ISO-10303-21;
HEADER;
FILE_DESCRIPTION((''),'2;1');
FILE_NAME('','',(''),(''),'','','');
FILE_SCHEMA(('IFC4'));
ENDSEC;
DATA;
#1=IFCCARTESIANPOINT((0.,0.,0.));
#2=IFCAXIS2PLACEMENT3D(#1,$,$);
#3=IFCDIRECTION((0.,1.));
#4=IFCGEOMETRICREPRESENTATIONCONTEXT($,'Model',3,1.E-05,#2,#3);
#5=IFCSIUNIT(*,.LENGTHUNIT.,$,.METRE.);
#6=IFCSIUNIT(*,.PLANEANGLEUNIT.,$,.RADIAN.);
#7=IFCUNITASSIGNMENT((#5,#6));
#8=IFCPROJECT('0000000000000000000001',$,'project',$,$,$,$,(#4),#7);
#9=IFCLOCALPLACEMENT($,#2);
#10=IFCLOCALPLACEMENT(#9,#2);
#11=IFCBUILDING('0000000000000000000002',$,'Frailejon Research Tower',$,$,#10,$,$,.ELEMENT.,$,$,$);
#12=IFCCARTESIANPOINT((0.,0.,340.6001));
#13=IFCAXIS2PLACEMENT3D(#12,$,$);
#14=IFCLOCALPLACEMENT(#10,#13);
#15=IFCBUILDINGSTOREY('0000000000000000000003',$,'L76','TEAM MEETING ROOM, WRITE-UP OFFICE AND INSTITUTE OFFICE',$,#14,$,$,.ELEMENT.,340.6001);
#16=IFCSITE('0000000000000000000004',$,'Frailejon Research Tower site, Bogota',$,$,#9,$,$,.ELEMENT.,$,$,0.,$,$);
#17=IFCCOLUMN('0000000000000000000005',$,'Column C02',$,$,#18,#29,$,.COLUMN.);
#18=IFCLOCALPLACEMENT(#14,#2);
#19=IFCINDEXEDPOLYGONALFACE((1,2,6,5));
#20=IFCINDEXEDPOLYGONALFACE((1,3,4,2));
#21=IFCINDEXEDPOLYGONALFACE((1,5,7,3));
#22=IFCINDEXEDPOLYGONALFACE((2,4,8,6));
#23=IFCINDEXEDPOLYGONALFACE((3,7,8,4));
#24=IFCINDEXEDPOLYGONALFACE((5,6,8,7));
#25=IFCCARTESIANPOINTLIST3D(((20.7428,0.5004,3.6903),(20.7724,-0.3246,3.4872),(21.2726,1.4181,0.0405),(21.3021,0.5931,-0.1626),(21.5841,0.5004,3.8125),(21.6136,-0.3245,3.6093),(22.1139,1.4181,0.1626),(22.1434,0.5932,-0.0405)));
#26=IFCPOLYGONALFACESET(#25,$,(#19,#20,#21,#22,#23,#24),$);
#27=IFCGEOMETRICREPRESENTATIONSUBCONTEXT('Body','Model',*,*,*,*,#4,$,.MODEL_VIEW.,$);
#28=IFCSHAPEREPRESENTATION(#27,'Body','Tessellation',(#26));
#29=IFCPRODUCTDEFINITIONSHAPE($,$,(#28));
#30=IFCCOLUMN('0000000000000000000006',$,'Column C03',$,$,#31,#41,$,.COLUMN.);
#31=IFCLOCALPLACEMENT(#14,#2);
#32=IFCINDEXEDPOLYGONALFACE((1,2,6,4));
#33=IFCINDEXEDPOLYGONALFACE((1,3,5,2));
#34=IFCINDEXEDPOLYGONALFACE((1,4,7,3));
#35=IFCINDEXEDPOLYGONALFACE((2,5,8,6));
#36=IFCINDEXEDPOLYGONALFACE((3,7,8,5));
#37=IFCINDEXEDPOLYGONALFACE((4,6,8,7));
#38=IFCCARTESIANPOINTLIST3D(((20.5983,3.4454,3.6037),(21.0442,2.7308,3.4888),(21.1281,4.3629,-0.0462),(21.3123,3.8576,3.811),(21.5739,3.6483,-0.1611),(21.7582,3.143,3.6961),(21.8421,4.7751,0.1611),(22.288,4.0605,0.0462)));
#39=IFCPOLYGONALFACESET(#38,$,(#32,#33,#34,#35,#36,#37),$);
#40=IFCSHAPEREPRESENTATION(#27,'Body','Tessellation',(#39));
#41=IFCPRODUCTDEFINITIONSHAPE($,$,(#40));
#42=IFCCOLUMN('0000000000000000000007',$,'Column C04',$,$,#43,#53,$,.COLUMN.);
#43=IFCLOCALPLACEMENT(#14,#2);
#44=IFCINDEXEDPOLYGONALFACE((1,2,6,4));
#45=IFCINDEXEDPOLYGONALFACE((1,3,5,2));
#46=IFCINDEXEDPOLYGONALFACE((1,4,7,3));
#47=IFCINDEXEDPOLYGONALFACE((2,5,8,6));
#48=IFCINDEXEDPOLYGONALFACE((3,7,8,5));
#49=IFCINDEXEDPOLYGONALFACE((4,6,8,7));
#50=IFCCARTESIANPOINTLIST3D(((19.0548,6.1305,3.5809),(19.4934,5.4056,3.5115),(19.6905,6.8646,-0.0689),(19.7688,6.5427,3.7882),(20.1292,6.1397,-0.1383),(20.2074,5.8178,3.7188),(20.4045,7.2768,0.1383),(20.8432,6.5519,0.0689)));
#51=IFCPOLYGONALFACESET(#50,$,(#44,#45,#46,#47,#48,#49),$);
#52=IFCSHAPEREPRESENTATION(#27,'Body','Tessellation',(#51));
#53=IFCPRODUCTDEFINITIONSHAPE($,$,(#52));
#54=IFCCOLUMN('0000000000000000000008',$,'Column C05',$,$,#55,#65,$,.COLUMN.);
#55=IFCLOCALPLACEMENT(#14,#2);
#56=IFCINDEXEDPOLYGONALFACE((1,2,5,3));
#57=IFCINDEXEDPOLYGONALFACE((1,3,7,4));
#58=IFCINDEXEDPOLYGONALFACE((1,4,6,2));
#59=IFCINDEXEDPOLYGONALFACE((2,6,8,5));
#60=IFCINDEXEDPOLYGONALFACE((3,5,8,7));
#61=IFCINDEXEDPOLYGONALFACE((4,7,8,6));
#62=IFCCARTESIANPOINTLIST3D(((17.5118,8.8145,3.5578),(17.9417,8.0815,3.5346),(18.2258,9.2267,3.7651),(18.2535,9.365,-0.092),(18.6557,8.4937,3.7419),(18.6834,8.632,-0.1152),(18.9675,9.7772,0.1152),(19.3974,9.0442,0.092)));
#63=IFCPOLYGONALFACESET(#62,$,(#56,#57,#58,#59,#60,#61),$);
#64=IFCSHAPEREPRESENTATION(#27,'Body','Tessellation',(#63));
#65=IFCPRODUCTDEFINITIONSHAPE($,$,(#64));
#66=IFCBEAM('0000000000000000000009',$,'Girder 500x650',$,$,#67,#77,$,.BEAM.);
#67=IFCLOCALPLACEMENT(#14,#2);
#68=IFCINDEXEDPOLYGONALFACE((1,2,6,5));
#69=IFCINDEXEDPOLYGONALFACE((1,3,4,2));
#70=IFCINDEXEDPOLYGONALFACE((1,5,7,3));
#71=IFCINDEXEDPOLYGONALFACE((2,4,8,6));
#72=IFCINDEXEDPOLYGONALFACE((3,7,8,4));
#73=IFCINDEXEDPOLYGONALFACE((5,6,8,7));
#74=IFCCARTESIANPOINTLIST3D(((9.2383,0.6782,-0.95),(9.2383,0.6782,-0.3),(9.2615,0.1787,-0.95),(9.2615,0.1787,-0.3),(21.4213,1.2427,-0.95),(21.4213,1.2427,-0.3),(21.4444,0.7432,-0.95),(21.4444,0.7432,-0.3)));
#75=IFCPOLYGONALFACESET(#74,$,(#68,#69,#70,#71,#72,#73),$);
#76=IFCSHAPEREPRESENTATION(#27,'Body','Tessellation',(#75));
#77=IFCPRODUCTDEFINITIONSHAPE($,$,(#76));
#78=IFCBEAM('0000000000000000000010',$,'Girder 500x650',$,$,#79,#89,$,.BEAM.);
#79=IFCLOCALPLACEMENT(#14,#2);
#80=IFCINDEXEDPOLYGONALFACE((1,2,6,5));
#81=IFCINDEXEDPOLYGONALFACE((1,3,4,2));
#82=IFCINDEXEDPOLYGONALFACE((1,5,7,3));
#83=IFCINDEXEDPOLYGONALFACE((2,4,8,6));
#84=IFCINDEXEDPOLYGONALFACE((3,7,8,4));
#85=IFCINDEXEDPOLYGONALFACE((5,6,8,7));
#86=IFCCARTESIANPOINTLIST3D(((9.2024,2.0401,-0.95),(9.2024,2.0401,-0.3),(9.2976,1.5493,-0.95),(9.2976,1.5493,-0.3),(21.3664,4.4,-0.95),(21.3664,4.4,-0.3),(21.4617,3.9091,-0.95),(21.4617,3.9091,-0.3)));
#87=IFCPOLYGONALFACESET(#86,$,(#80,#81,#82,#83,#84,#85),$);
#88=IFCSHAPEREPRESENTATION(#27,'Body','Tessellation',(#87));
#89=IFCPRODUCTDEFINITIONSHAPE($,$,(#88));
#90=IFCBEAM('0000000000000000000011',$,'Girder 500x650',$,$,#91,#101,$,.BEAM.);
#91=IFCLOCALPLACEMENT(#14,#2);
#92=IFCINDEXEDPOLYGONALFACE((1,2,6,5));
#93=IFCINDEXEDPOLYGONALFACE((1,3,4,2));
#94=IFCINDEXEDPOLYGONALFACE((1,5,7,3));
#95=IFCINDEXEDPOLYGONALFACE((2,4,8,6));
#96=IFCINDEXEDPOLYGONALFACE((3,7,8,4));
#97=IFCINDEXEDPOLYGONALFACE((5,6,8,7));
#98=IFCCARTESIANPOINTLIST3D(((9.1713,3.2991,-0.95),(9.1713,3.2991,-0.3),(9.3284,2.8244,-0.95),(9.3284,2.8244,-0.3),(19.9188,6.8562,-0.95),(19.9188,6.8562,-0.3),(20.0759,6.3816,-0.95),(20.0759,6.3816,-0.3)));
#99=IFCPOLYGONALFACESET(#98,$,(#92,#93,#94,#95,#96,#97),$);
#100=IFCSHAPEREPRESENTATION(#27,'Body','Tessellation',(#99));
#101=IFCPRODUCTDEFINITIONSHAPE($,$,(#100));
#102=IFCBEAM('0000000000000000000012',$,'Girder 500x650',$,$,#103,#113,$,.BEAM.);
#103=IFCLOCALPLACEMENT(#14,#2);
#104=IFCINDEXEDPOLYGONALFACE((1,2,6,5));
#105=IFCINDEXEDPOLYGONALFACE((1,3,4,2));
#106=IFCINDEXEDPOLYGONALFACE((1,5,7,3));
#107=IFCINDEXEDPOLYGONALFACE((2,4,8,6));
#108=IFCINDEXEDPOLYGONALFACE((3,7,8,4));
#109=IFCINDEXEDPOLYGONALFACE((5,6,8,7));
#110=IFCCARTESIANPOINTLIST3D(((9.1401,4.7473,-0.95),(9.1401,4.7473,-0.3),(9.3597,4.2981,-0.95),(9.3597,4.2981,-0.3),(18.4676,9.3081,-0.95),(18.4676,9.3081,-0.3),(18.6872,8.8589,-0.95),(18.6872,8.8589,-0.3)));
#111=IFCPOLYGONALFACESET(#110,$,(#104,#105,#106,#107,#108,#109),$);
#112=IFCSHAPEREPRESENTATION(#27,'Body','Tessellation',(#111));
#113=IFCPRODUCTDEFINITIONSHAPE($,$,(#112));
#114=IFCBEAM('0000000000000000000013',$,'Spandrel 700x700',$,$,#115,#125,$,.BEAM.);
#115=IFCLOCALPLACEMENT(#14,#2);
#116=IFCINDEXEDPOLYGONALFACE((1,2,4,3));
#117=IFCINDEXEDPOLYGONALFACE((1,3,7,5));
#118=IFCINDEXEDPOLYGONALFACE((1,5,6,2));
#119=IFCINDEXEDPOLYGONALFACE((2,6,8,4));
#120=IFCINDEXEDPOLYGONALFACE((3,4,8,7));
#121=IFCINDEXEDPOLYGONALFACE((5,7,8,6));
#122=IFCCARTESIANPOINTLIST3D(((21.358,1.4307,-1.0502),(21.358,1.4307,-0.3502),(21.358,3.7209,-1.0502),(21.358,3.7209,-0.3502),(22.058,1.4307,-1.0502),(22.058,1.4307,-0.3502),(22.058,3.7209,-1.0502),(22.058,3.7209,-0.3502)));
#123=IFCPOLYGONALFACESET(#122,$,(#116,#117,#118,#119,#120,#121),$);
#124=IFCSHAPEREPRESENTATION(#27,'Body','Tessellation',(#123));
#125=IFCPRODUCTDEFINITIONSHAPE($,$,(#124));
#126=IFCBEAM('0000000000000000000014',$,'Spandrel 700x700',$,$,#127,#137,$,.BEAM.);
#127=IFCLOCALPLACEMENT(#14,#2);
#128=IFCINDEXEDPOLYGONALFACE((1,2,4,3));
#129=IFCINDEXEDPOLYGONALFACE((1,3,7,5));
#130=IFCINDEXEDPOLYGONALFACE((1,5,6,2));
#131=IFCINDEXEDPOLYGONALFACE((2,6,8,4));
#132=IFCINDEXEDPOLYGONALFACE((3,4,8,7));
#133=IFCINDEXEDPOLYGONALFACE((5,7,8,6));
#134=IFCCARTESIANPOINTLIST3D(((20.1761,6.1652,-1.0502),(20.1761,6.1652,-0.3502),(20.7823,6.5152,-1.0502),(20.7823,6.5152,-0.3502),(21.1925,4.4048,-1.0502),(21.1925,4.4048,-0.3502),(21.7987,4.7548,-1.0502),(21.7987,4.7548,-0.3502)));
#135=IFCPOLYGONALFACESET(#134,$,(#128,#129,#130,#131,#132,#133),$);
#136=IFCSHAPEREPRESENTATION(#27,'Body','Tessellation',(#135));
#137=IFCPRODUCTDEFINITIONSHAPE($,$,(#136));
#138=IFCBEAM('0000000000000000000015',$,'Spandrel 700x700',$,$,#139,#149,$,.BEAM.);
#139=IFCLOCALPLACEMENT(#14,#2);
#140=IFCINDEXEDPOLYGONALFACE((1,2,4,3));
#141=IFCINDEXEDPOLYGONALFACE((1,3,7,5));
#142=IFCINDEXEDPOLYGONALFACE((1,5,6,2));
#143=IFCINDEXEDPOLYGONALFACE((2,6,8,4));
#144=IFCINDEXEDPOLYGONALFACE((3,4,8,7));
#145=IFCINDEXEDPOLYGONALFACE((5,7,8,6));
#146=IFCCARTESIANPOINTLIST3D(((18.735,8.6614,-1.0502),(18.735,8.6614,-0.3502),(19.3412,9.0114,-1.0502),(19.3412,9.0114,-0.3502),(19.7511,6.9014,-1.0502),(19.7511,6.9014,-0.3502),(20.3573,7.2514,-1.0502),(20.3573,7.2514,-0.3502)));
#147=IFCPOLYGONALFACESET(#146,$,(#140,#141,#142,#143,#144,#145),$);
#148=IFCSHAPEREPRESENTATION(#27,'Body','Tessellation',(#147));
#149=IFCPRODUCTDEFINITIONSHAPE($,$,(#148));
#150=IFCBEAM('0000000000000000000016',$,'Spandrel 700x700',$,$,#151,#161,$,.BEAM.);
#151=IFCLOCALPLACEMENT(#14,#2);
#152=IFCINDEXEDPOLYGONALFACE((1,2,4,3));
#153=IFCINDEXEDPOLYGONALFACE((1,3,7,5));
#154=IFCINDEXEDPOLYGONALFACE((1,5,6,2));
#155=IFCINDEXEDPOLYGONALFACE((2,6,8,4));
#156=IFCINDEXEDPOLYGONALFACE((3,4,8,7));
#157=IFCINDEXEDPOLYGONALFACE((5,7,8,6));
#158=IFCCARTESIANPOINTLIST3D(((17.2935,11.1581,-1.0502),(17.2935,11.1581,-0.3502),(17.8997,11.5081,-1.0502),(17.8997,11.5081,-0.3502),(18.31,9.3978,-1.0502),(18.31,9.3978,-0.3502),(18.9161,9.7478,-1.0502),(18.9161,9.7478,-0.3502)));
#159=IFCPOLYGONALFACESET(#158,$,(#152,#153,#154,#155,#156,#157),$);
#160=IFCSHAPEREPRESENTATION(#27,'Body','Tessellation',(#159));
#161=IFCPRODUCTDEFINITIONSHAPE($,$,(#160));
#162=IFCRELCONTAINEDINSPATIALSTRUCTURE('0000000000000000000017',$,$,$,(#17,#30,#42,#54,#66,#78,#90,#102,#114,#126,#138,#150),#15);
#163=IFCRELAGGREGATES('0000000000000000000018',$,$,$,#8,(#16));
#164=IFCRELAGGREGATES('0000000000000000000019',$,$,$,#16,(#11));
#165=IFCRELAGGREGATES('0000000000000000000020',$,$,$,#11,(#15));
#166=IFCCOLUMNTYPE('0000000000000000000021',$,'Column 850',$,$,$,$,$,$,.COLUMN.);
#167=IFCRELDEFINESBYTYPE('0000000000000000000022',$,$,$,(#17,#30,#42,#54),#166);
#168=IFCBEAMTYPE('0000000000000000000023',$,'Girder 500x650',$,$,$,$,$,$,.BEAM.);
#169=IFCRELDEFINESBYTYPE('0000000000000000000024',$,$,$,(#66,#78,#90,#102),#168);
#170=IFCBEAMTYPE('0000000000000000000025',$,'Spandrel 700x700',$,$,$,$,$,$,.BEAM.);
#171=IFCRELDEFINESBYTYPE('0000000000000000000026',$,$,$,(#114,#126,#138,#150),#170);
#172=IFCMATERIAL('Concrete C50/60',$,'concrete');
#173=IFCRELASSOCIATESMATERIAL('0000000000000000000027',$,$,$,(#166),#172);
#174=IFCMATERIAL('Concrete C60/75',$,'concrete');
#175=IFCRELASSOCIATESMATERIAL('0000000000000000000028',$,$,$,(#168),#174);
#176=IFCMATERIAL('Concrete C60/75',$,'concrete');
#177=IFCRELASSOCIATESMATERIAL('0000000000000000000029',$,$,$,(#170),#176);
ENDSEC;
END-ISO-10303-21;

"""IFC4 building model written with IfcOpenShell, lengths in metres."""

from ifc_helpers import new_model, si_unit, direction, frame, origin, origin_2d, place, context, subcontext, project, spatial, rectangle, extrude, material, material_profile, profile_set, type_object, element, save


model = new_model("IFC4")

# Units and contexts
model_context = context("Model", 3, precision=1e-05, world=origin(), true_north=direction((0.0, 1.0)))
body_context = subcontext(model_context, "Body", "Model", "MODEL_VIEW")
ifc_project = project(units=[si_unit("LENGTHUNIT", "METRE"), si_unit("PLANEANGLEUNIT", "RADIAN")], contexts=[model_context])

# Site, building, storey
site_placement = place(None, origin())
site = spatial("IfcSite", under=ifc_project, at=site_placement, Name="Frailejon Research Tower site, Bogota", CompositionType="ELEMENT", RefElevation=0.0)
building_placement = place(site_placement, origin())
building = spatial("IfcBuilding", under=site, at=building_placement, Name="Frailejon Research Tower", CompositionType="ELEMENT")
storey_placement = place(building_placement, frame((0.0, 0.0, 340.6001)))
storey = spatial("IfcBuildingStorey", under=building, at=storey_placement, Name="L76", Description="TEAM MEETING ROOM, WRITE-UP OFFICE AND INSTITUTE OFFICE", CompositionType="ELEMENT", Elevation=340.6001)

# Columns
ifc_material_1 = material(Name="Concrete C50/60", Category="concrete")
ifc_material_profile_1 = material_profile(ifc_material_1, rectangle(XDim=0.8501, YDim=0.8501, at=origin_2d()), Name="Column 850")
ifc_profile_set_1 = profile_set([ifc_material_profile_1], Name="Concrete C50/60")
column_type = type_object("IfcColumnType", Name="Column 850", PredefinedType="COLUMN", material=ifc_profile_set_1)
for number, where, z_axis, x_axis, name in (
    (1, (21.708, 1.0056, 0.0), (-0.139395, -0.241467, 0.960345), (-0.034747, 0.970409, 0.238954), "Column C02"),
    (2, (21.708, 4.2117, 0.0), (-0.139397, -0.241407, 0.96036), (-0.524507, 0.840607, 0.135172), "Column C03"),
):
    element("IfcColumn", number, at=place(storey_placement, frame(where, z_axis=z_axis, x_axis=x_axis)), inside=storey, type_object=column_type, Name=name, PredefinedType="COLUMN", context=body_context, shape_type="SweptSolid", body=[
        extrude(rectangle(XDim=0.8501, YDim=0.8501, at=origin_2d()), origin(), (0.0, 0.0, 1.0), 3.8005),
    ])
column_1_placement = place(storey_placement, frame((20.2668, 6.7083, 0.0), z_axis=(-0.168324, -0.194374, 0.966378), x_axis=(-0.515961, 0.852713, 0.081642)))
element("IfcColumn", 3, at=column_1_placement, inside=storey, type_object=column_type, Name="Column C04", PredefinedType="COLUMN", context=body_context, shape_type="SweptSolid", body=[
    extrude(rectangle(XDim=0.8501, YDim=0.8501, at=origin_2d()), origin(), (0.0, 0.0, 1.0), 3.7769),
])
column_2_placement = place(storey_placement, frame((18.8254, 9.2046, 0.0), z_axis=(-0.197, -0.146226, 0.969437), x_axis=(-0.505734, 0.862258, 0.027289)))
element("IfcColumn", 4, at=column_2_placement, inside=storey, type_object=column_type, Name="Column C05", PredefinedType="COLUMN", context=body_context, shape_type="SweptSolid", body=[
    extrude(rectangle(XDim=0.8501, YDim=0.8501, at=origin_2d()), origin(), (0.0, 0.0, 1.0), 3.7649),
])

# Beams
ifc_material_2 = material(Name="Concrete C60/75", Category="concrete")
ifc_material_profile_2 = material_profile(ifc_material_2, rectangle(XDim=0.5, YDim=0.6499, at=origin_2d()), Name="Girder 500x650")
ifc_profile_set_2 = profile_set([ifc_material_profile_2], Name="Concrete C60/75")
beam_type_1 = type_object("IfcBeamType", Name="Girder 500x650", PredefinedType="BEAM", material=ifc_profile_set_2)
beam_1_placement = place(storey_placement, frame((21.4329, 0.9929, -0.625), z_axis=(-0.998928, -0.046282, 0.0), x_axis=(0.046282, -0.998928, 0.0)))
element("IfcBeam", 5, at=beam_1_placement, inside=storey, type_object=beam_type_1, Name="Girder 500x650", PredefinedType="BEAM", context=body_context, shape_type="SweptSolid", body=[
    extrude(rectangle(XDim=0.5, YDim=0.6499, at=origin_2d()), origin(), (0.0, 0.0, 1.0), 12.196),
])
beam_2_placement = place(storey_placement, frame((21.4141, 4.1545, -0.625), z_axis=(-0.981697, -0.190452, 0.0), x_axis=(0.190452, -0.981697, 0.0)))
element("IfcBeam", 6, at=beam_2_placement, inside=storey, type_object=beam_type_1, Name="Girder 500x650", PredefinedType="BEAM", context=body_context, shape_type="SweptSolid", body=[
    extrude(rectangle(XDim=0.5, YDim=0.6499, at=origin_2d()), origin(), (0.0, 0.0, 1.0), 12.3909),
])
beam_3_placement = place(storey_placement, frame((19.9973, 6.6189, -0.625), z_axis=(-0.949352, -0.314215, 0.0), x_axis=(0.314215, -0.949352, 0.0)))
element("IfcBeam", 7, at=beam_3_placement, inside=storey, type_object=beam_type_1, Name="Girder 500x650", PredefinedType="BEAM", context=body_context, shape_type="SweptSolid", body=[
    extrude(rectangle(XDim=0.5, YDim=0.6499, at=origin_2d()), origin(), (0.0, 0.0, 1.0), 11.3208),
])
beam_4_placement = place(storey_placement, frame((18.5774, 9.0835, -0.625), z_axis=(-0.898357, -0.439267, 0.0), x_axis=(0.439267, -0.898357, 0.0)))
element("IfcBeam", 8, at=beam_4_placement, inside=storey, type_object=beam_type_1, Name="Girder 500x650", PredefinedType="BEAM", context=body_context, shape_type="SweptSolid", body=[
    extrude(rectangle(XDim=0.5, YDim=0.6499, at=origin_2d()), origin(), (0.0, 0.0, 1.0), 10.3828),
])
ifc_material_3 = material(Name="Concrete C60/75", Category="concrete")
ifc_material_profile_3 = material_profile(ifc_material_3, rectangle(XDim=0.7, YDim=0.7, at=origin_2d()), Name="Spandrel 700x700")
ifc_profile_set_3 = profile_set([ifc_material_profile_3], Name="Concrete C60/75")
beam_type_2 = type_object("IfcBeamType", Name="Spandrel 700x700", PredefinedType="BEAM", material=ifc_profile_set_3)
beam_5_placement = place(storey_placement, frame((21.708, 1.4307, -0.7002), z_axis=(0.0, 1.0, 0.0), x_axis=(-1.0, 0.0, 0.0)))
element("IfcBeam", 9, at=beam_5_placement, inside=storey, type_object=beam_type_2, Name="Spandrel 700x700", PredefinedType="BEAM", context=body_context, shape_type="SweptSolid", body=[
    extrude(rectangle(XDim=0.7, YDim=0.7, at=origin_2d()), origin(), (0.0, 0.0, 1.0), 2.2903),
])
beam_6_placement = place(storey_placement, frame((21.4956, 4.5798, -0.7002), z_axis=(-0.500027, 0.86601, 0.0), x_axis=(-0.86601, -0.500027, 0.0)))
element("IfcBeam", 10, at=beam_6_placement, inside=storey, type_object=beam_type_2, Name="Spandrel 700x700", PredefinedType="BEAM", context=body_context, shape_type="SweptSolid", body=[
    extrude(rectangle(XDim=0.7, YDim=0.7, at=origin_2d()), origin(), (0.0, 0.0, 1.0), 2.0327),
])
beam_7_placement = place(storey_placement, frame((20.0542, 7.0764, -0.7002), z_axis=(-0.499989, 0.866032, 0.0), x_axis=(-0.866032, -0.499989, 0.0)))
element("IfcBeam", 11, at=beam_7_placement, inside=storey, type_object=beam_type_2, Name="Spandrel 700x700", PredefinedType="BEAM", context=body_context, shape_type="SweptSolid", body=[
    extrude(rectangle(XDim=0.7, YDim=0.7, at=origin_2d()), origin(), (0.0, 0.0, 1.0), 2.0322),
])
beam_8_placement = place(storey_placement, frame((18.613, 9.5728, -0.7002), z_axis=(-0.500027, 0.86601, 0.0), x_axis=(-0.86601, -0.500027, 0.0)))
element("IfcBeam", 12, at=beam_8_placement, inside=storey, type_object=beam_type_2, Name="Spandrel 700x700", PredefinedType="BEAM", context=body_context, shape_type="SweptSolid", body=[
    extrude(rectangle(XDim=0.7, YDim=0.7, at=origin_2d()), origin(), (0.0, 0.0, 1.0), 2.0327),
])

save(model, "model.ifc")
